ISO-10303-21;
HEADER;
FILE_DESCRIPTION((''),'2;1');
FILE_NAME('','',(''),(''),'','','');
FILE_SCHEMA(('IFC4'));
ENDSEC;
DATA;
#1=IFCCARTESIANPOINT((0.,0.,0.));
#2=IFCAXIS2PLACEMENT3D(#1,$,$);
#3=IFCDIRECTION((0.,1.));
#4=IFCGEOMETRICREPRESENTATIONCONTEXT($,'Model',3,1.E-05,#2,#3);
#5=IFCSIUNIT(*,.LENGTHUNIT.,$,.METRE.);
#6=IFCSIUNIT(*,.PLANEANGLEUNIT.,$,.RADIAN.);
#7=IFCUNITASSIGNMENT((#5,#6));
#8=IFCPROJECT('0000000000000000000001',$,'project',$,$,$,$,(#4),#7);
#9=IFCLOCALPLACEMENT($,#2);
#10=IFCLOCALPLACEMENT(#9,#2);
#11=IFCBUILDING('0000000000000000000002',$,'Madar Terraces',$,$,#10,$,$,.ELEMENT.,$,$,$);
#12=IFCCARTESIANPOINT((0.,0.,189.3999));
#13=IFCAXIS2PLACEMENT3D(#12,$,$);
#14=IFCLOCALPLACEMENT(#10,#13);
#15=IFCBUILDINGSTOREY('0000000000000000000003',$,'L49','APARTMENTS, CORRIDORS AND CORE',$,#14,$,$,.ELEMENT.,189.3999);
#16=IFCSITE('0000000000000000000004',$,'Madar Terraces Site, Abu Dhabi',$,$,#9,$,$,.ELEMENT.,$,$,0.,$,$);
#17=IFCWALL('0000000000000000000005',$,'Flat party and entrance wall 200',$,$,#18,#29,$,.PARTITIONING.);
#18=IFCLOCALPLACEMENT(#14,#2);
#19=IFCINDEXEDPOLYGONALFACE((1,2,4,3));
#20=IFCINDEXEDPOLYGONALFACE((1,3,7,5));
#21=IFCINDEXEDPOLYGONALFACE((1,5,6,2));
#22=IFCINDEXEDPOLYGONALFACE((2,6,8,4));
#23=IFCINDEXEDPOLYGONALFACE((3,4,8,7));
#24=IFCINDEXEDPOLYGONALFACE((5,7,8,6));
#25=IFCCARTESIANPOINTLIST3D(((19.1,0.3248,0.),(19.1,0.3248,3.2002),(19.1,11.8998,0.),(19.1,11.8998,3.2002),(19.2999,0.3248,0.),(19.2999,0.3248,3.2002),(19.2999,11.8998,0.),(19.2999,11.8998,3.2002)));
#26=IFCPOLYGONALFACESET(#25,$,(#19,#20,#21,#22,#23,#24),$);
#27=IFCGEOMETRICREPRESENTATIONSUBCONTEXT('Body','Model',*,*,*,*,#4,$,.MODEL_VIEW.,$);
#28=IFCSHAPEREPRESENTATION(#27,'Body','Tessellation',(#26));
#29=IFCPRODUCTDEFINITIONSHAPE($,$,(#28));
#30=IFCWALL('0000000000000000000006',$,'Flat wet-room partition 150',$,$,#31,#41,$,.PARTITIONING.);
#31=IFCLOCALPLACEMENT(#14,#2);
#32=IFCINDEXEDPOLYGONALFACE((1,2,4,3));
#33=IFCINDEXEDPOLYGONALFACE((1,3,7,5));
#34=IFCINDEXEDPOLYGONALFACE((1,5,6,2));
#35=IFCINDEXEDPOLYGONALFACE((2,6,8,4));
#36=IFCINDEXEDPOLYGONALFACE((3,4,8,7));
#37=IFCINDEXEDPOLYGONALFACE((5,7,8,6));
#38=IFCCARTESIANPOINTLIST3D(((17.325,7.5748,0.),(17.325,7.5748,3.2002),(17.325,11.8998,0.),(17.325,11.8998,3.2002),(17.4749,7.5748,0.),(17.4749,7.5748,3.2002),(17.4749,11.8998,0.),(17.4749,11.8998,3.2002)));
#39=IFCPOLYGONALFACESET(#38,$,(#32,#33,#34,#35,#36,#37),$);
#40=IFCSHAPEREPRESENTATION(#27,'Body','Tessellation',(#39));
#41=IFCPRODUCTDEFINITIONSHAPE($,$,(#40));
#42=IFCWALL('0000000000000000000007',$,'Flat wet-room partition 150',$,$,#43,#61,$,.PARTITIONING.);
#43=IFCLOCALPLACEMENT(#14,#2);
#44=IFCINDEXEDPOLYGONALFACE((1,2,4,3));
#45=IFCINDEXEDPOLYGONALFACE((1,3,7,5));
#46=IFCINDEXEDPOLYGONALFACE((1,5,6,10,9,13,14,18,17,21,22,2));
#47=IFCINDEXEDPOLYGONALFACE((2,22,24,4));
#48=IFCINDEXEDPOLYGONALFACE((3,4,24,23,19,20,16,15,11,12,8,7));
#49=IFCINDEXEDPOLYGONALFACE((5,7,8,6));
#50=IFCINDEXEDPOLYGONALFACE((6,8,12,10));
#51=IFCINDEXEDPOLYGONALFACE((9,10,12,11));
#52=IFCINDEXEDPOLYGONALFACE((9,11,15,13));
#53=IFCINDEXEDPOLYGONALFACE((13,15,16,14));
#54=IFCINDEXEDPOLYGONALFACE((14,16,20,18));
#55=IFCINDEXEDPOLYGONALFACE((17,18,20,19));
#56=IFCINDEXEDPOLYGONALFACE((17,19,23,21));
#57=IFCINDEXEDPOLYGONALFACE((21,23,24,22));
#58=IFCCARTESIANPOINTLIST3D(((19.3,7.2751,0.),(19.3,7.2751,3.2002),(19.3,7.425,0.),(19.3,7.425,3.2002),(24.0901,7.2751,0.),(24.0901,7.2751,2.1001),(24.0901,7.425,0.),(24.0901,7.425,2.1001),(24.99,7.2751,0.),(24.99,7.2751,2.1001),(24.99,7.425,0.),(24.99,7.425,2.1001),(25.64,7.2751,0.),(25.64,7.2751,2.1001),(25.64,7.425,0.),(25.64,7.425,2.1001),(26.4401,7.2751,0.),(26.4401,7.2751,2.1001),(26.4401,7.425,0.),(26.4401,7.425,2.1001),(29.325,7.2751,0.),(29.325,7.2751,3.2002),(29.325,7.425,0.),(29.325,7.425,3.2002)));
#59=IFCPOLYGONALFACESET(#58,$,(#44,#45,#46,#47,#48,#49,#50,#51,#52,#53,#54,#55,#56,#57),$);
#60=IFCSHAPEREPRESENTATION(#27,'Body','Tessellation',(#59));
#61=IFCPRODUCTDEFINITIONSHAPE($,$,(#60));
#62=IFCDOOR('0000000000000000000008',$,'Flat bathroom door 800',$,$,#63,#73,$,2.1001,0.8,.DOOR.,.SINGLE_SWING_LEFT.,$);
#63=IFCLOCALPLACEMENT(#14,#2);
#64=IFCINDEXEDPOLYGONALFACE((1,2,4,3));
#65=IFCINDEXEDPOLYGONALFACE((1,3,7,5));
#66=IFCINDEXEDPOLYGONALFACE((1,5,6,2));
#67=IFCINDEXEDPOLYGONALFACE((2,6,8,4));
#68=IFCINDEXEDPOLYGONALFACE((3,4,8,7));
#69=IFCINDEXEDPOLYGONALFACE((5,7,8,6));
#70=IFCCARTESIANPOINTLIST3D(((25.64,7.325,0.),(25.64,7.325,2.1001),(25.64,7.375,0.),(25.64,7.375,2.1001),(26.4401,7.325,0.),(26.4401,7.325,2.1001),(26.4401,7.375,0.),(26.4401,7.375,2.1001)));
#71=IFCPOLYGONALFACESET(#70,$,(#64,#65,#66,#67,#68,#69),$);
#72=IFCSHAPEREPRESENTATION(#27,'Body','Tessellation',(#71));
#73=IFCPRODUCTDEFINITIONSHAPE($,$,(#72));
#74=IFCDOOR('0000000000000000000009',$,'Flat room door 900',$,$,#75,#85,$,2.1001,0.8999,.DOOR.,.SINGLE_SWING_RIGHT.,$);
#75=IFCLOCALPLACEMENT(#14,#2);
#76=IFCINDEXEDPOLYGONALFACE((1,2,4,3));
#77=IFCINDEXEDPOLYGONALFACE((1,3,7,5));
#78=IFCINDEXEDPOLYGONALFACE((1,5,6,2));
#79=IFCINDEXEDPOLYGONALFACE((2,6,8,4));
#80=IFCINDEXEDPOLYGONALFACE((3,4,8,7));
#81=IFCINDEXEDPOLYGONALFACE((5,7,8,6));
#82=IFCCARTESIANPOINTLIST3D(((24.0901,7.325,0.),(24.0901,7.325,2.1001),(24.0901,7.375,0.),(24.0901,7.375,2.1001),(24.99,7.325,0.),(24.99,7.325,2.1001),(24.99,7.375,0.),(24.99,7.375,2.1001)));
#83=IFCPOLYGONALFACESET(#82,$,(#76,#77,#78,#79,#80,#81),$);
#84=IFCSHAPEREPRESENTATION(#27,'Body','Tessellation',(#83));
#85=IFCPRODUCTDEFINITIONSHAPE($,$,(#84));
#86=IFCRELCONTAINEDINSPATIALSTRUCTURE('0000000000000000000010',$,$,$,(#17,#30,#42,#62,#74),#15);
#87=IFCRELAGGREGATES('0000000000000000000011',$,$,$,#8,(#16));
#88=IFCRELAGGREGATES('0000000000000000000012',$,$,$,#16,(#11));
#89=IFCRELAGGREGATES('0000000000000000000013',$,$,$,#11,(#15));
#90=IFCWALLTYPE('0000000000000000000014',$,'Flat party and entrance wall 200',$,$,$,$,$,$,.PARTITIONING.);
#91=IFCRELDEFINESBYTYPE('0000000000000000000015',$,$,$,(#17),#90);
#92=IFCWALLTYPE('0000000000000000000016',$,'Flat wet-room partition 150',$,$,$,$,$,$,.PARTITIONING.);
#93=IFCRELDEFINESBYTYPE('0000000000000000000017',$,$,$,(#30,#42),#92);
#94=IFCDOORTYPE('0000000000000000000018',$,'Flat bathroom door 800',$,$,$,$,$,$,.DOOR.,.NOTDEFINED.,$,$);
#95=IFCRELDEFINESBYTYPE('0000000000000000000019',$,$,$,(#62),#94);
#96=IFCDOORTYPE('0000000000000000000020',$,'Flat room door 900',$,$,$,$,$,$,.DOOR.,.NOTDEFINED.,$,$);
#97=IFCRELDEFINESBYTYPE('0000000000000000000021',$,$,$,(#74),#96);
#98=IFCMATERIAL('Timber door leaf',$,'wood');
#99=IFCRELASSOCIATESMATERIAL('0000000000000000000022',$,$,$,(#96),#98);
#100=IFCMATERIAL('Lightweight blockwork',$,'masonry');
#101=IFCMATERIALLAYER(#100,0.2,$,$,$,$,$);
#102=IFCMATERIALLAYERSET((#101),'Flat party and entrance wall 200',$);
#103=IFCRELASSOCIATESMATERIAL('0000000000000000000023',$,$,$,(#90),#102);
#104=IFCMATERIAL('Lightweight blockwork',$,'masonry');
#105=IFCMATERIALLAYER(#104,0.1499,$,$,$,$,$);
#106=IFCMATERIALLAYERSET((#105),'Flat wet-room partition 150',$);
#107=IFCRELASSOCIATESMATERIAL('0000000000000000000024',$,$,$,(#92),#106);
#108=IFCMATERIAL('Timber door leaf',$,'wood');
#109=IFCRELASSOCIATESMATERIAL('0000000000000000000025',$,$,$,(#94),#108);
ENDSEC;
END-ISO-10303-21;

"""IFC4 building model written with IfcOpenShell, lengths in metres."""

from ifc_helpers import new_model, si_unit, direction, frame, frame_2d, origin, place, context, subcontext, project, spatial, rectangle, extrude, material, layer, layer_set, type_object, element, fill, save


model = new_model("IFC4")

# Units and contexts
model_context = context("Model", 3, precision=1e-05, world=origin(), true_north=direction((0.0, 1.0)))
body_context = subcontext(model_context, "Body", "Model", "MODEL_VIEW")
ifc_project = project(units=[si_unit("LENGTHUNIT", "METRE"), si_unit("PLANEANGLEUNIT", "RADIAN")], contexts=[model_context])

# Site, building, storey
site_placement = place(None, origin())
site = spatial("IfcSite", under=ifc_project, at=site_placement, Name="Madar Terraces Site, Abu Dhabi", CompositionType="ELEMENT", RefElevation=0.0)
building_placement = place(site_placement, origin())
building = spatial("IfcBuilding", under=site, at=building_placement, Name="Madar Terraces", CompositionType="ELEMENT")
storey_placement = place(building_placement, frame((0.0, 0.0, 189.3999)))
storey = spatial("IfcBuildingStorey", under=building, at=storey_placement, Name="L49", Description="APARTMENTS, CORRIDORS AND CORE", CompositionType="ELEMENT", Elevation=189.3999)

# Shared definitions
ifc_material_1 = material(Name="Timber door leaf", Category="wood")
door_type_1 = type_object("IfcDoorType", Name="Flat room door 900", OperationType="NOTDEFINED", PredefinedType="DOOR", material=ifc_material_1)

# Walls
ifc_material_2 = material(Name="Lightweight blockwork", Category="masonry")
ifc_layer_1 = layer(ifc_material_2, 0.2)
ifc_layer_set_1 = layer_set([ifc_layer_1], Name="Flat party and entrance wall 200")
wall_type_1 = type_object("IfcWallType", Name="Flat party and entrance wall 200", PredefinedType="PARTITIONING", material=ifc_layer_set_1)
wall_1_placement = place(storey_placement, frame((19.2, 11.8999, 0.0), z_axis=(0.0, 0.0, 1.0), x_axis=(0.0, -1.0, 0.0)))
element("IfcWall", 1, at=wall_1_placement, inside=storey, type_object=wall_type_1, Name="Flat party and entrance wall 200", PredefinedType="PARTITIONING", context=body_context, shape_type="SweptSolid", body=[
    extrude(rectangle(XDim=11.575, YDim=0.2, at=frame_2d((5.7876, 0.0))), origin(), (0.0, 0.0, 1.0), 3.2002),
])
ifc_material_3 = material(Name="Lightweight blockwork", Category="masonry")
ifc_layer_2 = layer(ifc_material_3, 0.1499)
ifc_layer_set_2 = layer_set([ifc_layer_2], Name="Flat wet-room partition 150")
wall_type_2 = type_object("IfcWallType", Name="Flat wet-room partition 150", PredefinedType="PARTITIONING", material=ifc_layer_set_2)
wall_2_placement = place(storey_placement, frame((17.3999, 11.8999, 0.0), z_axis=(0.0, 0.0, 1.0), x_axis=(0.0, -1.0, 0.0)))
element("IfcWall", 2, at=wall_2_placement, inside=storey, type_object=wall_type_2, Name="Flat wet-room partition 150", PredefinedType="PARTITIONING", context=body_context, shape_type="SweptSolid", body=[
    extrude(rectangle(XDim=4.325, YDim=0.1499, at=frame_2d((2.1626, 0.0))), origin(), (0.0, 0.0, 1.0), 3.2002),
])

# Wall, openings, doors
wall_3_placement = place(storey_placement, frame((19.3, 7.3501, 0.0), z_axis=(0.0, 0.0, 1.0), x_axis=(1.0, 0.0, 0.0)))
wall_3 = element("IfcWall", 3, at=wall_3_placement, inside=storey, type_object=wall_type_2, Name="Flat wet-room partition 150", PredefinedType="PARTITIONING", context=body_context, shape_type="SweptSolid", body=[
    extrude(rectangle(XDim=10.0249, YDim=0.1499, at=frame_2d((5.0125, 0.0))), origin(), (0.0, 0.0, 1.0), 3.2002),
])
opening_1_placement = place(wall_3_placement, frame((6.3401, 0.0, 0.0)))
opening_1 = element("IfcOpeningElement", 4, at=opening_1_placement, cuts=wall_3, PredefinedType="OPENING", context=body_context, shape_type="SweptSolid", body=[
    extrude(rectangle(XDim=0.8, YDim=2.1001, at=frame_2d((0.3999, 1.05))), frame((0.0, 0.085, 0.0), z_axis=(0.0, -1.0, 0.0), x_axis=(1.0, 0.0, 0.0)), (0.0, 0.0, 1.0), 0.1699),
])
opening_2_placement = place(wall_3_placement, frame((4.79, 0.0, 0.0)))
opening_2 = element("IfcOpeningElement", 5, at=opening_2_placement, cuts=wall_3, PredefinedType="OPENING", context=body_context, shape_type="SweptSolid", body=[
    extrude(rectangle(XDim=0.8999, YDim=2.1001, at=frame_2d((0.45, 1.05))), frame((0.0, 0.085, 0.0), z_axis=(0.0, -1.0, 0.0), x_axis=(1.0, 0.0, 0.0)), (0.0, 0.0, 1.0), 0.1699),
])
ifc_material_4 = material(Name="Timber door leaf", Category="wood")
door_type_2 = type_object("IfcDoorType", Name="Flat bathroom door 800", OperationType="NOTDEFINED", PredefinedType="DOOR", material=ifc_material_4)
door_1_placement = place(opening_1_placement, origin())
door_1 = element("IfcDoor", 6, at=door_1_placement, inside=storey, type_object=door_type_2, Name="Flat bathroom door 800", OperationType="SINGLE_SWING_LEFT", OverallHeight=2.1001, OverallWidth=0.8, PredefinedType="DOOR", context=body_context, shape_type="SweptSolid", body=[
    extrude(rectangle(XDim=0.8, YDim=2.1001, at=frame_2d((0.3999, 1.05))), frame((0.0, 0.0249, 0.0), z_axis=(0.0, -1.0, 0.0), x_axis=(1.0, 0.0, 0.0)), (0.0, 0.0, 1.0), 0.05),
])
fill(opening_1, door_1)
door_2_placement = place(opening_2_placement, origin())
door_2 = element("IfcDoor", 7, at=door_2_placement, inside=storey, type_object=door_type_1, Name="Flat room door 900", OperationType="SINGLE_SWING_RIGHT", OverallHeight=2.1001, OverallWidth=0.8999, PredefinedType="DOOR", context=body_context, shape_type="SweptSolid", body=[
    extrude(rectangle(XDim=0.8999, YDim=2.1001, at=frame_2d((0.45, 1.05))), frame((0.0, 0.0249, 0.0), z_axis=(0.0, -1.0, 0.0), x_axis=(1.0, 0.0, 0.0)), (0.0, 0.0, 1.0), 0.05),
])
fill(opening_2, door_2)

save(model, "model.ifc")
